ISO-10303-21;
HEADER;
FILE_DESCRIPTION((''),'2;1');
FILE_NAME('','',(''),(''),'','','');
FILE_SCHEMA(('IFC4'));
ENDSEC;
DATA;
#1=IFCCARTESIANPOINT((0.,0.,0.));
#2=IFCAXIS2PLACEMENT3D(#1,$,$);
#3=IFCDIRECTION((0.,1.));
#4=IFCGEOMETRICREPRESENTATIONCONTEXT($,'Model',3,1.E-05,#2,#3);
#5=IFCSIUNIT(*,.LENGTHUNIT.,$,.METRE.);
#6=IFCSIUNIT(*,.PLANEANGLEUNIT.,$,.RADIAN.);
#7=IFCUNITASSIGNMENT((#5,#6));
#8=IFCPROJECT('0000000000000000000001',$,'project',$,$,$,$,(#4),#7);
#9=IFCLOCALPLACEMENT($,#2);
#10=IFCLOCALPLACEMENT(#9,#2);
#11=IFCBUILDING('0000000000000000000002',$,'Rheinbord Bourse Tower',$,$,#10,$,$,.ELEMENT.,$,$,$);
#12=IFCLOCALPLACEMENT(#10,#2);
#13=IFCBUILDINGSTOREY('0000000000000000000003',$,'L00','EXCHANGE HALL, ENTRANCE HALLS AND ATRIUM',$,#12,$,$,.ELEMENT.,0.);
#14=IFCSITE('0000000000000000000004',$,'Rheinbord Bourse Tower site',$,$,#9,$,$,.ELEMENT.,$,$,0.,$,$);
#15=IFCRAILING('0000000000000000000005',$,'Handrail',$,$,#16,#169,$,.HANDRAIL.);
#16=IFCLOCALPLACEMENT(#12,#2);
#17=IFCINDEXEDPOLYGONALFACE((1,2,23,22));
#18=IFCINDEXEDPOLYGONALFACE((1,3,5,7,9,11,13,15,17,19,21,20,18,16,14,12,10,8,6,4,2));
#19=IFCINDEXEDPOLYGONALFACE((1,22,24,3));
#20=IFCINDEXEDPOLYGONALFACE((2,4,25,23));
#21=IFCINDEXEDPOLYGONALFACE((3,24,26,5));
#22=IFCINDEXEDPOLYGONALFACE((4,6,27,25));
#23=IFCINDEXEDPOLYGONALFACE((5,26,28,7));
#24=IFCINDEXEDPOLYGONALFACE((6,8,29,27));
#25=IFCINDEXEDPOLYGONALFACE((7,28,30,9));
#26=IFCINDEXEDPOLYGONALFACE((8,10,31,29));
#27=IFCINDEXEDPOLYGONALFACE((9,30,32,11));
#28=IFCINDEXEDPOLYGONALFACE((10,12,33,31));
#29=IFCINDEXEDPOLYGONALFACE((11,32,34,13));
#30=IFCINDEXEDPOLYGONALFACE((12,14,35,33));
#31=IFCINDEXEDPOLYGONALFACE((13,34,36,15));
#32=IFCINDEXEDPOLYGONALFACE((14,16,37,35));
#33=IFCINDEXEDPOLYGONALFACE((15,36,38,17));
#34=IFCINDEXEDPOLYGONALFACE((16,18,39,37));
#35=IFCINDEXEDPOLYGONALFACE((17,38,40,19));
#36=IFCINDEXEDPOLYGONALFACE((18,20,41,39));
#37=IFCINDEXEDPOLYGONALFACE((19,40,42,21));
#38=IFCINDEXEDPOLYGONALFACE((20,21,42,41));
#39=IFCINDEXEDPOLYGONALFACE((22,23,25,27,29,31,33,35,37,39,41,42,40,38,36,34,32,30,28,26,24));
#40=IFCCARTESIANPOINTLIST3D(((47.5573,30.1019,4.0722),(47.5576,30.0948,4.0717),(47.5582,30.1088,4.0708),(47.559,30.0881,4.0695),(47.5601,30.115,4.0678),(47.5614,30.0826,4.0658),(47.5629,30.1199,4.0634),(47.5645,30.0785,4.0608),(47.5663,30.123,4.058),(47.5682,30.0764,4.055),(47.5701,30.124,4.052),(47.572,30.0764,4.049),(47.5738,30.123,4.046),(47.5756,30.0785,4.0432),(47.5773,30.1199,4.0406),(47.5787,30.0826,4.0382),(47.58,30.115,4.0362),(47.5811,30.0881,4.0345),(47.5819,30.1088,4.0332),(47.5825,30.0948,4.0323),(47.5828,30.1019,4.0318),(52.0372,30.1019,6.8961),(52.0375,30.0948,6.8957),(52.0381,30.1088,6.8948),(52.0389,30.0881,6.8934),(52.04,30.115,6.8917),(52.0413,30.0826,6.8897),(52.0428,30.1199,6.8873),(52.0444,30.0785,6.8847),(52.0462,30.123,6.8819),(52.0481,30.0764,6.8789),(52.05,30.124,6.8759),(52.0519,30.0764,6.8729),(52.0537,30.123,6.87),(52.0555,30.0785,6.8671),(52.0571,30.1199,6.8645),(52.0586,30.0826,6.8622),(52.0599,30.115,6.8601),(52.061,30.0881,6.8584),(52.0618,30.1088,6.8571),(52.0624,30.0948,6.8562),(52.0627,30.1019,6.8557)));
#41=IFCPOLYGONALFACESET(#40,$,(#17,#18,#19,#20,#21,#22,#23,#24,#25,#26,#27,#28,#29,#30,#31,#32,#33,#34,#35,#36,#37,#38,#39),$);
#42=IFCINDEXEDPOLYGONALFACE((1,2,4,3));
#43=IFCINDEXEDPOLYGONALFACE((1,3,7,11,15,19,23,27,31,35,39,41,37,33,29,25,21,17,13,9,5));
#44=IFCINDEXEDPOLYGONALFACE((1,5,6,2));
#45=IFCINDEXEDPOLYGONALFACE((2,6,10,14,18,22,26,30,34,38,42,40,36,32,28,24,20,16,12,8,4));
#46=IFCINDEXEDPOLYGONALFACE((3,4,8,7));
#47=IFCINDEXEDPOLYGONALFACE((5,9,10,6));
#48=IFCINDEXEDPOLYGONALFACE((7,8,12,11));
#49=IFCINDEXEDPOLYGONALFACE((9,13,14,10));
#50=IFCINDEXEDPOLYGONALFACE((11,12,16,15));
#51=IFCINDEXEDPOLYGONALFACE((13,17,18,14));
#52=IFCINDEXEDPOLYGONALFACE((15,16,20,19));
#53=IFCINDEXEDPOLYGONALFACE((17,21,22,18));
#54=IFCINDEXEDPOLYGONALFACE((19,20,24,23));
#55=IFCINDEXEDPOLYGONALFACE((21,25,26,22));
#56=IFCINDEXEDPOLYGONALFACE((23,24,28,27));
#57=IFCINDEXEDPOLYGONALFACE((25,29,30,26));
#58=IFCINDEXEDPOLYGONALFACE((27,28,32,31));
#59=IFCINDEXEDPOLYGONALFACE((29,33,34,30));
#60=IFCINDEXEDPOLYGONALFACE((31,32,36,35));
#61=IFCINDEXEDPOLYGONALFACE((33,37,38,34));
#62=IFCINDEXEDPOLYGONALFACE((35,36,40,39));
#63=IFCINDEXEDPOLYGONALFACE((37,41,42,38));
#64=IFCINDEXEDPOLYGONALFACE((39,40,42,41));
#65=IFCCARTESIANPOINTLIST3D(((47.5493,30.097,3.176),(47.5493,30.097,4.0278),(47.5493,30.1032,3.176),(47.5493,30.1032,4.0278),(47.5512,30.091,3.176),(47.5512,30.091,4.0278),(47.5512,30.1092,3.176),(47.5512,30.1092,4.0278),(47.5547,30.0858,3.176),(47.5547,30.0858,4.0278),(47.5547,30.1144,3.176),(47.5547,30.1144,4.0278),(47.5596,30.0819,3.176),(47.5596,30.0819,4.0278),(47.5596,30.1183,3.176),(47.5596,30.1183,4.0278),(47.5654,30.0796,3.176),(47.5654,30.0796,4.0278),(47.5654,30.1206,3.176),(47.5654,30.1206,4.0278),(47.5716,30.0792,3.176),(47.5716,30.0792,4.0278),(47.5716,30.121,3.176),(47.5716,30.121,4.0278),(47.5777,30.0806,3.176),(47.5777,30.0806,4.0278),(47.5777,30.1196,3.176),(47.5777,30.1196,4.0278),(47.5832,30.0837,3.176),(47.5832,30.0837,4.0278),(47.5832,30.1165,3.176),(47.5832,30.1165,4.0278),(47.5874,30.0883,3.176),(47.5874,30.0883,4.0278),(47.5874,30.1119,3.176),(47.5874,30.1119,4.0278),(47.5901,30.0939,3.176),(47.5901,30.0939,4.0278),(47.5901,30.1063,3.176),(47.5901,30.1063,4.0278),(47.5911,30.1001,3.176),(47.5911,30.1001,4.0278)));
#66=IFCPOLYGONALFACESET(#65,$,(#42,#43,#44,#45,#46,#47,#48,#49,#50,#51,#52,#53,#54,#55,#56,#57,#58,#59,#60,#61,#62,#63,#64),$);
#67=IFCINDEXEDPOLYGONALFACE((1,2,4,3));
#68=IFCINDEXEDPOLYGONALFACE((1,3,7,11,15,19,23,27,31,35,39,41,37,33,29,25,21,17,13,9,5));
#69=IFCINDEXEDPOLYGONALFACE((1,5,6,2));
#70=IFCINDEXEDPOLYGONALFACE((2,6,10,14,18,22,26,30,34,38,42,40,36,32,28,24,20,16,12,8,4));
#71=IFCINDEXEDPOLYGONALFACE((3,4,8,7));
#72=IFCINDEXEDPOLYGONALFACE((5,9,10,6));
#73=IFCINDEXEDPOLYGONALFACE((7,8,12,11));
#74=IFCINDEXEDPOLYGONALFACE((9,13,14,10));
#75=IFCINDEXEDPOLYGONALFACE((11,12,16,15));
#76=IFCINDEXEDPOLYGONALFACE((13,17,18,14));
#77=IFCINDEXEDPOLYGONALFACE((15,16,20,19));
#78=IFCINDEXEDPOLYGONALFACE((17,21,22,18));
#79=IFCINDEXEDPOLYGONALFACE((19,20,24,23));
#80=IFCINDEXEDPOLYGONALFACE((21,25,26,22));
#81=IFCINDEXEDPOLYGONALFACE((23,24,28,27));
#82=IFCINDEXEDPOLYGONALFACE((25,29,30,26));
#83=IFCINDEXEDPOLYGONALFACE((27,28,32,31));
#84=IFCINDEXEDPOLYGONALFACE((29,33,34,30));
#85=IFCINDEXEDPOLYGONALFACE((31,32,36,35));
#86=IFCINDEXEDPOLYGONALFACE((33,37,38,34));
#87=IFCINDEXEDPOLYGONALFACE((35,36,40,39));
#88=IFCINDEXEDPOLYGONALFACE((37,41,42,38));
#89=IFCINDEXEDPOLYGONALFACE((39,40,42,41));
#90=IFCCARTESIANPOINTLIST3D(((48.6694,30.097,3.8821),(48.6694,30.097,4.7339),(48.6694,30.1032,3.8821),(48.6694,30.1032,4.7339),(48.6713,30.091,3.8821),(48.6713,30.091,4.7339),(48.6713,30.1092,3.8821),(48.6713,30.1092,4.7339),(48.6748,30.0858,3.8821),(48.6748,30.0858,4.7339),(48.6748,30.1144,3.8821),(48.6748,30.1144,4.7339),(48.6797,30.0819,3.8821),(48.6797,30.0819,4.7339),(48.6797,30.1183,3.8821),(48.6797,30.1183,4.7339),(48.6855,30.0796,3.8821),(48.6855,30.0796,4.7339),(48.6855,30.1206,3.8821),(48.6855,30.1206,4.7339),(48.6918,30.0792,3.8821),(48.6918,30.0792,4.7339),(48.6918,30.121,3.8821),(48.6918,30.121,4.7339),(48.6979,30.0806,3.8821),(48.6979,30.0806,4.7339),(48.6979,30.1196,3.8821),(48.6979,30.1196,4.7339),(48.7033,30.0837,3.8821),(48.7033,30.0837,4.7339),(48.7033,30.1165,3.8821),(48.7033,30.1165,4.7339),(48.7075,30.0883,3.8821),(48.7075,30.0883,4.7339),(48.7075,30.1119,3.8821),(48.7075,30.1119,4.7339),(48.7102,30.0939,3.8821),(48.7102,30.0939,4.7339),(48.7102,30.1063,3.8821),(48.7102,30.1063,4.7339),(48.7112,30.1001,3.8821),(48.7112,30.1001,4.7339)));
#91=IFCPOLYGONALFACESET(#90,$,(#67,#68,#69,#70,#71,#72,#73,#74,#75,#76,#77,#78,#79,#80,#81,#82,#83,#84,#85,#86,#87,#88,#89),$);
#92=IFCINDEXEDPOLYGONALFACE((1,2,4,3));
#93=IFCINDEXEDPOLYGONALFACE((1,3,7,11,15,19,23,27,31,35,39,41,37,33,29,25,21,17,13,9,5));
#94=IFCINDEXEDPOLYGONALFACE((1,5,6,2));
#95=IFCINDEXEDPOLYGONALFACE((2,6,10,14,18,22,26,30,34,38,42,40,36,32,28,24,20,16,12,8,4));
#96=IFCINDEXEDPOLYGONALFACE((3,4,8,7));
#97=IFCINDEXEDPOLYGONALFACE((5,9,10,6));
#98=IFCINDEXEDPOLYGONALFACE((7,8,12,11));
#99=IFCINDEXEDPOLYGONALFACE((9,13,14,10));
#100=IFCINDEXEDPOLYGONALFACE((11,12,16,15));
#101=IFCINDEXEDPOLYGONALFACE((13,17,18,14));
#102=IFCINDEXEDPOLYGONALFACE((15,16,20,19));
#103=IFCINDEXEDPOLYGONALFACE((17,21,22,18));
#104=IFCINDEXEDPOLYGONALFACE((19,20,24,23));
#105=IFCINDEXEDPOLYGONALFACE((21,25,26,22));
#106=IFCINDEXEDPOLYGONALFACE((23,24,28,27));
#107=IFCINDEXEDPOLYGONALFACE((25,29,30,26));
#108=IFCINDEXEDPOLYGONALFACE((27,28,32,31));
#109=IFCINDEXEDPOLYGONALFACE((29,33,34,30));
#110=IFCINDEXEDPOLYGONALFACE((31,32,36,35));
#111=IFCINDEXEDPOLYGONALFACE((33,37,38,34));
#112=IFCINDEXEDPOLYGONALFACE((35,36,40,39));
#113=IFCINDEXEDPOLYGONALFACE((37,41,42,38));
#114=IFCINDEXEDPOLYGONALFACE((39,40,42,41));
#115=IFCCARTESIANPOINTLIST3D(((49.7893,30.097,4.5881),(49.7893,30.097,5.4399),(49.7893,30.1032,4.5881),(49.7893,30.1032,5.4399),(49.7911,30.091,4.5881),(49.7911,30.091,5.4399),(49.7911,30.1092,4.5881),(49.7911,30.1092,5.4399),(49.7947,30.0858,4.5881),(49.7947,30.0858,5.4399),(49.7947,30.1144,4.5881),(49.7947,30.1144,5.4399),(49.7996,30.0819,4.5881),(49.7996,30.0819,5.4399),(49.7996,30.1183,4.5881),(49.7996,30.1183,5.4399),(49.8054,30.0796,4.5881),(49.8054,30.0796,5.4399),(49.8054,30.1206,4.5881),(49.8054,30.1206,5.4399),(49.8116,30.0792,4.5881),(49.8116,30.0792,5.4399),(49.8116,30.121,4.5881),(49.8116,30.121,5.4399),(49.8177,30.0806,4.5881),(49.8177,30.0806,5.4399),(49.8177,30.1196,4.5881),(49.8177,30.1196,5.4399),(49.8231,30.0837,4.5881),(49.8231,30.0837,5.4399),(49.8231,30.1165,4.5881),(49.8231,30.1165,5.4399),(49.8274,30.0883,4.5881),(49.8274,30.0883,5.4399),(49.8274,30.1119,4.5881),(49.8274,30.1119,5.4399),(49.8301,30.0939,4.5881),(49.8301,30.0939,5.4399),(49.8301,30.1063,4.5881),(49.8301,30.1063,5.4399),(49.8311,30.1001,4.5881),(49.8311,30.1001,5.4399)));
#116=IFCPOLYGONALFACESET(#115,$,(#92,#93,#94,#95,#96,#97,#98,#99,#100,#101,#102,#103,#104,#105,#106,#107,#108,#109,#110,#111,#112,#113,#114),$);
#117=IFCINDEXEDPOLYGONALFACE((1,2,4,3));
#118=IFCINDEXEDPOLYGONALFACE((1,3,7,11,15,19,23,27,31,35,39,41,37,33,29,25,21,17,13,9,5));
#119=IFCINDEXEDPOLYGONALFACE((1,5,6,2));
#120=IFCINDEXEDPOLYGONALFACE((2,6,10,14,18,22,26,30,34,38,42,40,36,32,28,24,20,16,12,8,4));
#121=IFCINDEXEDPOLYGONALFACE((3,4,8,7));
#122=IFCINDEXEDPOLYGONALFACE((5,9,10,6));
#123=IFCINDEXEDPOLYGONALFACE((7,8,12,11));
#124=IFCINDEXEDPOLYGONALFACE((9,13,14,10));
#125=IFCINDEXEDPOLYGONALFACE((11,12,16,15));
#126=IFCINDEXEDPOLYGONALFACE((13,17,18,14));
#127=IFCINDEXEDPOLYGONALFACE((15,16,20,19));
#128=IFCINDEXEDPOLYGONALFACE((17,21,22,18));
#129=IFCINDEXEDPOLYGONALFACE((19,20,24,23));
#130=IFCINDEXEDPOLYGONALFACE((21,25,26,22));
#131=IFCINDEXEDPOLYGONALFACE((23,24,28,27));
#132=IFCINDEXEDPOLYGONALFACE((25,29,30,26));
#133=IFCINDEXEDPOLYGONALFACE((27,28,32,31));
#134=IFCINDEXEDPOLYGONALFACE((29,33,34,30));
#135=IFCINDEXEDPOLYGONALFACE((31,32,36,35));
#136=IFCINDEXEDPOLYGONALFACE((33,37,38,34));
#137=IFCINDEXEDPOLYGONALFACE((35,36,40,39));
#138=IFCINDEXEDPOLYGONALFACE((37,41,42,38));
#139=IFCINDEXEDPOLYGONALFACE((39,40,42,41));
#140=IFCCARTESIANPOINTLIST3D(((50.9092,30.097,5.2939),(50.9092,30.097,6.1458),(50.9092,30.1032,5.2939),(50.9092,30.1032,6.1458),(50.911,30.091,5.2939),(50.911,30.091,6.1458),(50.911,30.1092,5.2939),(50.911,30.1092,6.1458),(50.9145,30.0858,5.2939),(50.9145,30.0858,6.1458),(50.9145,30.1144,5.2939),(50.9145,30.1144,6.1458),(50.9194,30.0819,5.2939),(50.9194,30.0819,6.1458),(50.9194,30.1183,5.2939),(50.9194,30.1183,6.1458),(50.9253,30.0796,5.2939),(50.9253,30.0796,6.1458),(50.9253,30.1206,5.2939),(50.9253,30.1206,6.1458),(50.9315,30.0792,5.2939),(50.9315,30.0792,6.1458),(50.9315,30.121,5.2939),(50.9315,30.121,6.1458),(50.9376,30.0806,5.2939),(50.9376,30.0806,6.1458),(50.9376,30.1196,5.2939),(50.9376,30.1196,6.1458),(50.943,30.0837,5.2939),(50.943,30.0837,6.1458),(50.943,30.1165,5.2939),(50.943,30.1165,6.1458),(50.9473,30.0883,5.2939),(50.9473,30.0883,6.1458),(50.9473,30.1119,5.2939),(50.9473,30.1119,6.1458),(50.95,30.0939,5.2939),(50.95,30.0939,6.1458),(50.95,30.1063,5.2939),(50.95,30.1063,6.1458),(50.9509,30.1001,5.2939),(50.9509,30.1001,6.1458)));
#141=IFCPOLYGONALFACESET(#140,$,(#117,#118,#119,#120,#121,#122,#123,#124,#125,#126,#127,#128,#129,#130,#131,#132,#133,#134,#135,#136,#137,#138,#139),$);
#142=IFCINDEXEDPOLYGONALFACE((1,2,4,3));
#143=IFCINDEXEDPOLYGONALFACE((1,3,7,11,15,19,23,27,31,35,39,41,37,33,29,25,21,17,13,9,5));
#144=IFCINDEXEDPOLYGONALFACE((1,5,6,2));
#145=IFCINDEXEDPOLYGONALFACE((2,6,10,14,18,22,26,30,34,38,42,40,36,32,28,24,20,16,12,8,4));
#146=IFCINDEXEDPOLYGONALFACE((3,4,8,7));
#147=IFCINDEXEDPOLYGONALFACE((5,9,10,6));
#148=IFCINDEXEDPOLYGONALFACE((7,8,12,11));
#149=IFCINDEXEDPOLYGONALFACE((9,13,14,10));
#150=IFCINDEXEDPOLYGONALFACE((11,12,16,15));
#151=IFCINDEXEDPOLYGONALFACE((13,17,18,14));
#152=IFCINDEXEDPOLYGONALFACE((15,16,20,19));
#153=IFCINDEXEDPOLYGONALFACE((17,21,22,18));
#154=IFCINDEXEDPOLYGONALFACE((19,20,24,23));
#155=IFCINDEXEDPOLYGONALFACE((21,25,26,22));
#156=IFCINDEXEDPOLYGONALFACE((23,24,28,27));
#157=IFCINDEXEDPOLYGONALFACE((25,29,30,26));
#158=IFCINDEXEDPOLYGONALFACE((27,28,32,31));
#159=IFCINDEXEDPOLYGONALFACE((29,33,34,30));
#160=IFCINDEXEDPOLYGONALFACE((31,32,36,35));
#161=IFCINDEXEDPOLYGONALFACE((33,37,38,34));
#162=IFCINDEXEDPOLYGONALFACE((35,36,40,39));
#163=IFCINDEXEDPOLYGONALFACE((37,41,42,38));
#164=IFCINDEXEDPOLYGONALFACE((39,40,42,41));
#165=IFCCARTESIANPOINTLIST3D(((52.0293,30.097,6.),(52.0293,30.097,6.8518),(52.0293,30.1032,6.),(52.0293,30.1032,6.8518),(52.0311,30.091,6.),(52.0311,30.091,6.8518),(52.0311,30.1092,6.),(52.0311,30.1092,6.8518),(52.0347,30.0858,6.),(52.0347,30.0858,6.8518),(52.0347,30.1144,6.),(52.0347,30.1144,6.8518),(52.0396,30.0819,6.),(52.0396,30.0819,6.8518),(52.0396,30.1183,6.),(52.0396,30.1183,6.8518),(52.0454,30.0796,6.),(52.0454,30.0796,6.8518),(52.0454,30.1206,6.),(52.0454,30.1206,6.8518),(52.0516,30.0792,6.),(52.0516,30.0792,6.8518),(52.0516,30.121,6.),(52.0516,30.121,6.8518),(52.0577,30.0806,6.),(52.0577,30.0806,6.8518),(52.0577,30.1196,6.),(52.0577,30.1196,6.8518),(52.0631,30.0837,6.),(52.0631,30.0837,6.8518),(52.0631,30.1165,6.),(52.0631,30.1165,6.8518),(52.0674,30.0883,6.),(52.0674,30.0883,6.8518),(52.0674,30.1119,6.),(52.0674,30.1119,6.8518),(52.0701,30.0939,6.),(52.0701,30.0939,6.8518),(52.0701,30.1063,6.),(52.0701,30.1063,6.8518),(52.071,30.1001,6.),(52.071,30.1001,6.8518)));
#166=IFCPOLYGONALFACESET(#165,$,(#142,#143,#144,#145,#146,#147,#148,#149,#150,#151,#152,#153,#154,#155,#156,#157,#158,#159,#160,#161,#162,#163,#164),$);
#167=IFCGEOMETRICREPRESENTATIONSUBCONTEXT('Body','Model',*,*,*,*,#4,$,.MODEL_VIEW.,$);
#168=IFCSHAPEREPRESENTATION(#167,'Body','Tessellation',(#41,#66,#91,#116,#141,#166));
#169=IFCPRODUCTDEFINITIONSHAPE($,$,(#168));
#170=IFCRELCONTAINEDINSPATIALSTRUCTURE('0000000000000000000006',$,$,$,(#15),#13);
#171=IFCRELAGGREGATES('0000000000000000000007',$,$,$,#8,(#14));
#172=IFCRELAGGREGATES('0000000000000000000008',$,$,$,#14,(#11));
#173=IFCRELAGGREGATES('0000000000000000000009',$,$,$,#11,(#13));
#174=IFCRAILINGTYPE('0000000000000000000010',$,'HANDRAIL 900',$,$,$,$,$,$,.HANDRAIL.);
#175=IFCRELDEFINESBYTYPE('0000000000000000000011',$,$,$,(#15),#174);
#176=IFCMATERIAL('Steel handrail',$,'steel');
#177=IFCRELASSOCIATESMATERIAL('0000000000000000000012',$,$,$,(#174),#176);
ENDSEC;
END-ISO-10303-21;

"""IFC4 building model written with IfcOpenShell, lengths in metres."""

from ifc_helpers import new_model, si_unit, direction, frame, origin, origin_2d, place, context, subcontext, project, spatial, circle, extrude, material, type_object, element, save


model = new_model("IFC4")

# Units and contexts
model_context = context("Model", 3, precision=1e-05, world=origin(), true_north=direction((0.0, 1.0)))
body_context = subcontext(model_context, "Body", "Model", "MODEL_VIEW")
ifc_project = project(units=[si_unit("LENGTHUNIT", "METRE"), si_unit("PLANEANGLEUNIT", "RADIAN")], contexts=[model_context])

# Site, building, storey
site_placement = place(None, origin())
site = spatial("IfcSite", under=ifc_project, at=site_placement, Name="Rheinbord Bourse Tower site", CompositionType="ELEMENT", RefElevation=0.0)
building_placement = place(site_placement, origin())
building = spatial("IfcBuilding", under=site, at=building_placement, Name="Rheinbord Bourse Tower", CompositionType="ELEMENT")
storey_placement = place(building_placement, origin())
storey = spatial("IfcBuildingStorey", under=building, at=storey_placement, Name="L00", Description="EXCHANGE HALL, ENTRANCE HALLS AND ATRIUM", CompositionType="ELEMENT", Elevation=0.0)

# Railing
ifc_material_1 = material(Name="Steel handrail", Category="steel")
railing_type = type_object("IfcRailingType", Name="HANDRAIL 900", PredefinedType="HANDRAIL", material=ifc_material_1)
railing_1_placement = place(storey_placement, frame((47.5701, 30.1001, 3.176)))
element("IfcRailing", 1, at=railing_1_placement, inside=storey, type_object=railing_type, Name="Handrail", PredefinedType="HANDRAIL", context=body_context, shape_type="SweptSolid", body=[
    extrude(circle(Radius=0.0239, at=origin_2d()), frame((0.0, 0.0, 0.876), z_axis=(0.845956, 0.0, 0.533252), x_axis=(0.0, 1.0, 0.0)), (0.0, 0.0, 1.0), 5.2957),
    extrude(circle(Radius=0.021, at=origin_2d()), origin(), (0.0, 0.0, 1.0), 0.8518),
    extrude(circle(Radius=0.021, at=origin_2d()), frame((1.1201, 0.0, 0.7061)), (0.0, 0.0, 1.0), 0.8518),
    extrude(circle(Radius=0.021, at=origin_2d()), frame((2.24, 0.0, 1.4121)), (0.0, 0.0, 1.0), 0.8518),
    extrude(circle(Radius=0.021, at=origin_2d()), frame((3.3599, 0.0, 2.1179)), (0.0, 0.0, 1.0), 0.8518),
    extrude(circle(Radius=0.021, at=origin_2d()), frame((4.48, 0.0, 2.824)), (0.0, 0.0, 1.0), 0.8518),
])

save(model, "model.ifc")
